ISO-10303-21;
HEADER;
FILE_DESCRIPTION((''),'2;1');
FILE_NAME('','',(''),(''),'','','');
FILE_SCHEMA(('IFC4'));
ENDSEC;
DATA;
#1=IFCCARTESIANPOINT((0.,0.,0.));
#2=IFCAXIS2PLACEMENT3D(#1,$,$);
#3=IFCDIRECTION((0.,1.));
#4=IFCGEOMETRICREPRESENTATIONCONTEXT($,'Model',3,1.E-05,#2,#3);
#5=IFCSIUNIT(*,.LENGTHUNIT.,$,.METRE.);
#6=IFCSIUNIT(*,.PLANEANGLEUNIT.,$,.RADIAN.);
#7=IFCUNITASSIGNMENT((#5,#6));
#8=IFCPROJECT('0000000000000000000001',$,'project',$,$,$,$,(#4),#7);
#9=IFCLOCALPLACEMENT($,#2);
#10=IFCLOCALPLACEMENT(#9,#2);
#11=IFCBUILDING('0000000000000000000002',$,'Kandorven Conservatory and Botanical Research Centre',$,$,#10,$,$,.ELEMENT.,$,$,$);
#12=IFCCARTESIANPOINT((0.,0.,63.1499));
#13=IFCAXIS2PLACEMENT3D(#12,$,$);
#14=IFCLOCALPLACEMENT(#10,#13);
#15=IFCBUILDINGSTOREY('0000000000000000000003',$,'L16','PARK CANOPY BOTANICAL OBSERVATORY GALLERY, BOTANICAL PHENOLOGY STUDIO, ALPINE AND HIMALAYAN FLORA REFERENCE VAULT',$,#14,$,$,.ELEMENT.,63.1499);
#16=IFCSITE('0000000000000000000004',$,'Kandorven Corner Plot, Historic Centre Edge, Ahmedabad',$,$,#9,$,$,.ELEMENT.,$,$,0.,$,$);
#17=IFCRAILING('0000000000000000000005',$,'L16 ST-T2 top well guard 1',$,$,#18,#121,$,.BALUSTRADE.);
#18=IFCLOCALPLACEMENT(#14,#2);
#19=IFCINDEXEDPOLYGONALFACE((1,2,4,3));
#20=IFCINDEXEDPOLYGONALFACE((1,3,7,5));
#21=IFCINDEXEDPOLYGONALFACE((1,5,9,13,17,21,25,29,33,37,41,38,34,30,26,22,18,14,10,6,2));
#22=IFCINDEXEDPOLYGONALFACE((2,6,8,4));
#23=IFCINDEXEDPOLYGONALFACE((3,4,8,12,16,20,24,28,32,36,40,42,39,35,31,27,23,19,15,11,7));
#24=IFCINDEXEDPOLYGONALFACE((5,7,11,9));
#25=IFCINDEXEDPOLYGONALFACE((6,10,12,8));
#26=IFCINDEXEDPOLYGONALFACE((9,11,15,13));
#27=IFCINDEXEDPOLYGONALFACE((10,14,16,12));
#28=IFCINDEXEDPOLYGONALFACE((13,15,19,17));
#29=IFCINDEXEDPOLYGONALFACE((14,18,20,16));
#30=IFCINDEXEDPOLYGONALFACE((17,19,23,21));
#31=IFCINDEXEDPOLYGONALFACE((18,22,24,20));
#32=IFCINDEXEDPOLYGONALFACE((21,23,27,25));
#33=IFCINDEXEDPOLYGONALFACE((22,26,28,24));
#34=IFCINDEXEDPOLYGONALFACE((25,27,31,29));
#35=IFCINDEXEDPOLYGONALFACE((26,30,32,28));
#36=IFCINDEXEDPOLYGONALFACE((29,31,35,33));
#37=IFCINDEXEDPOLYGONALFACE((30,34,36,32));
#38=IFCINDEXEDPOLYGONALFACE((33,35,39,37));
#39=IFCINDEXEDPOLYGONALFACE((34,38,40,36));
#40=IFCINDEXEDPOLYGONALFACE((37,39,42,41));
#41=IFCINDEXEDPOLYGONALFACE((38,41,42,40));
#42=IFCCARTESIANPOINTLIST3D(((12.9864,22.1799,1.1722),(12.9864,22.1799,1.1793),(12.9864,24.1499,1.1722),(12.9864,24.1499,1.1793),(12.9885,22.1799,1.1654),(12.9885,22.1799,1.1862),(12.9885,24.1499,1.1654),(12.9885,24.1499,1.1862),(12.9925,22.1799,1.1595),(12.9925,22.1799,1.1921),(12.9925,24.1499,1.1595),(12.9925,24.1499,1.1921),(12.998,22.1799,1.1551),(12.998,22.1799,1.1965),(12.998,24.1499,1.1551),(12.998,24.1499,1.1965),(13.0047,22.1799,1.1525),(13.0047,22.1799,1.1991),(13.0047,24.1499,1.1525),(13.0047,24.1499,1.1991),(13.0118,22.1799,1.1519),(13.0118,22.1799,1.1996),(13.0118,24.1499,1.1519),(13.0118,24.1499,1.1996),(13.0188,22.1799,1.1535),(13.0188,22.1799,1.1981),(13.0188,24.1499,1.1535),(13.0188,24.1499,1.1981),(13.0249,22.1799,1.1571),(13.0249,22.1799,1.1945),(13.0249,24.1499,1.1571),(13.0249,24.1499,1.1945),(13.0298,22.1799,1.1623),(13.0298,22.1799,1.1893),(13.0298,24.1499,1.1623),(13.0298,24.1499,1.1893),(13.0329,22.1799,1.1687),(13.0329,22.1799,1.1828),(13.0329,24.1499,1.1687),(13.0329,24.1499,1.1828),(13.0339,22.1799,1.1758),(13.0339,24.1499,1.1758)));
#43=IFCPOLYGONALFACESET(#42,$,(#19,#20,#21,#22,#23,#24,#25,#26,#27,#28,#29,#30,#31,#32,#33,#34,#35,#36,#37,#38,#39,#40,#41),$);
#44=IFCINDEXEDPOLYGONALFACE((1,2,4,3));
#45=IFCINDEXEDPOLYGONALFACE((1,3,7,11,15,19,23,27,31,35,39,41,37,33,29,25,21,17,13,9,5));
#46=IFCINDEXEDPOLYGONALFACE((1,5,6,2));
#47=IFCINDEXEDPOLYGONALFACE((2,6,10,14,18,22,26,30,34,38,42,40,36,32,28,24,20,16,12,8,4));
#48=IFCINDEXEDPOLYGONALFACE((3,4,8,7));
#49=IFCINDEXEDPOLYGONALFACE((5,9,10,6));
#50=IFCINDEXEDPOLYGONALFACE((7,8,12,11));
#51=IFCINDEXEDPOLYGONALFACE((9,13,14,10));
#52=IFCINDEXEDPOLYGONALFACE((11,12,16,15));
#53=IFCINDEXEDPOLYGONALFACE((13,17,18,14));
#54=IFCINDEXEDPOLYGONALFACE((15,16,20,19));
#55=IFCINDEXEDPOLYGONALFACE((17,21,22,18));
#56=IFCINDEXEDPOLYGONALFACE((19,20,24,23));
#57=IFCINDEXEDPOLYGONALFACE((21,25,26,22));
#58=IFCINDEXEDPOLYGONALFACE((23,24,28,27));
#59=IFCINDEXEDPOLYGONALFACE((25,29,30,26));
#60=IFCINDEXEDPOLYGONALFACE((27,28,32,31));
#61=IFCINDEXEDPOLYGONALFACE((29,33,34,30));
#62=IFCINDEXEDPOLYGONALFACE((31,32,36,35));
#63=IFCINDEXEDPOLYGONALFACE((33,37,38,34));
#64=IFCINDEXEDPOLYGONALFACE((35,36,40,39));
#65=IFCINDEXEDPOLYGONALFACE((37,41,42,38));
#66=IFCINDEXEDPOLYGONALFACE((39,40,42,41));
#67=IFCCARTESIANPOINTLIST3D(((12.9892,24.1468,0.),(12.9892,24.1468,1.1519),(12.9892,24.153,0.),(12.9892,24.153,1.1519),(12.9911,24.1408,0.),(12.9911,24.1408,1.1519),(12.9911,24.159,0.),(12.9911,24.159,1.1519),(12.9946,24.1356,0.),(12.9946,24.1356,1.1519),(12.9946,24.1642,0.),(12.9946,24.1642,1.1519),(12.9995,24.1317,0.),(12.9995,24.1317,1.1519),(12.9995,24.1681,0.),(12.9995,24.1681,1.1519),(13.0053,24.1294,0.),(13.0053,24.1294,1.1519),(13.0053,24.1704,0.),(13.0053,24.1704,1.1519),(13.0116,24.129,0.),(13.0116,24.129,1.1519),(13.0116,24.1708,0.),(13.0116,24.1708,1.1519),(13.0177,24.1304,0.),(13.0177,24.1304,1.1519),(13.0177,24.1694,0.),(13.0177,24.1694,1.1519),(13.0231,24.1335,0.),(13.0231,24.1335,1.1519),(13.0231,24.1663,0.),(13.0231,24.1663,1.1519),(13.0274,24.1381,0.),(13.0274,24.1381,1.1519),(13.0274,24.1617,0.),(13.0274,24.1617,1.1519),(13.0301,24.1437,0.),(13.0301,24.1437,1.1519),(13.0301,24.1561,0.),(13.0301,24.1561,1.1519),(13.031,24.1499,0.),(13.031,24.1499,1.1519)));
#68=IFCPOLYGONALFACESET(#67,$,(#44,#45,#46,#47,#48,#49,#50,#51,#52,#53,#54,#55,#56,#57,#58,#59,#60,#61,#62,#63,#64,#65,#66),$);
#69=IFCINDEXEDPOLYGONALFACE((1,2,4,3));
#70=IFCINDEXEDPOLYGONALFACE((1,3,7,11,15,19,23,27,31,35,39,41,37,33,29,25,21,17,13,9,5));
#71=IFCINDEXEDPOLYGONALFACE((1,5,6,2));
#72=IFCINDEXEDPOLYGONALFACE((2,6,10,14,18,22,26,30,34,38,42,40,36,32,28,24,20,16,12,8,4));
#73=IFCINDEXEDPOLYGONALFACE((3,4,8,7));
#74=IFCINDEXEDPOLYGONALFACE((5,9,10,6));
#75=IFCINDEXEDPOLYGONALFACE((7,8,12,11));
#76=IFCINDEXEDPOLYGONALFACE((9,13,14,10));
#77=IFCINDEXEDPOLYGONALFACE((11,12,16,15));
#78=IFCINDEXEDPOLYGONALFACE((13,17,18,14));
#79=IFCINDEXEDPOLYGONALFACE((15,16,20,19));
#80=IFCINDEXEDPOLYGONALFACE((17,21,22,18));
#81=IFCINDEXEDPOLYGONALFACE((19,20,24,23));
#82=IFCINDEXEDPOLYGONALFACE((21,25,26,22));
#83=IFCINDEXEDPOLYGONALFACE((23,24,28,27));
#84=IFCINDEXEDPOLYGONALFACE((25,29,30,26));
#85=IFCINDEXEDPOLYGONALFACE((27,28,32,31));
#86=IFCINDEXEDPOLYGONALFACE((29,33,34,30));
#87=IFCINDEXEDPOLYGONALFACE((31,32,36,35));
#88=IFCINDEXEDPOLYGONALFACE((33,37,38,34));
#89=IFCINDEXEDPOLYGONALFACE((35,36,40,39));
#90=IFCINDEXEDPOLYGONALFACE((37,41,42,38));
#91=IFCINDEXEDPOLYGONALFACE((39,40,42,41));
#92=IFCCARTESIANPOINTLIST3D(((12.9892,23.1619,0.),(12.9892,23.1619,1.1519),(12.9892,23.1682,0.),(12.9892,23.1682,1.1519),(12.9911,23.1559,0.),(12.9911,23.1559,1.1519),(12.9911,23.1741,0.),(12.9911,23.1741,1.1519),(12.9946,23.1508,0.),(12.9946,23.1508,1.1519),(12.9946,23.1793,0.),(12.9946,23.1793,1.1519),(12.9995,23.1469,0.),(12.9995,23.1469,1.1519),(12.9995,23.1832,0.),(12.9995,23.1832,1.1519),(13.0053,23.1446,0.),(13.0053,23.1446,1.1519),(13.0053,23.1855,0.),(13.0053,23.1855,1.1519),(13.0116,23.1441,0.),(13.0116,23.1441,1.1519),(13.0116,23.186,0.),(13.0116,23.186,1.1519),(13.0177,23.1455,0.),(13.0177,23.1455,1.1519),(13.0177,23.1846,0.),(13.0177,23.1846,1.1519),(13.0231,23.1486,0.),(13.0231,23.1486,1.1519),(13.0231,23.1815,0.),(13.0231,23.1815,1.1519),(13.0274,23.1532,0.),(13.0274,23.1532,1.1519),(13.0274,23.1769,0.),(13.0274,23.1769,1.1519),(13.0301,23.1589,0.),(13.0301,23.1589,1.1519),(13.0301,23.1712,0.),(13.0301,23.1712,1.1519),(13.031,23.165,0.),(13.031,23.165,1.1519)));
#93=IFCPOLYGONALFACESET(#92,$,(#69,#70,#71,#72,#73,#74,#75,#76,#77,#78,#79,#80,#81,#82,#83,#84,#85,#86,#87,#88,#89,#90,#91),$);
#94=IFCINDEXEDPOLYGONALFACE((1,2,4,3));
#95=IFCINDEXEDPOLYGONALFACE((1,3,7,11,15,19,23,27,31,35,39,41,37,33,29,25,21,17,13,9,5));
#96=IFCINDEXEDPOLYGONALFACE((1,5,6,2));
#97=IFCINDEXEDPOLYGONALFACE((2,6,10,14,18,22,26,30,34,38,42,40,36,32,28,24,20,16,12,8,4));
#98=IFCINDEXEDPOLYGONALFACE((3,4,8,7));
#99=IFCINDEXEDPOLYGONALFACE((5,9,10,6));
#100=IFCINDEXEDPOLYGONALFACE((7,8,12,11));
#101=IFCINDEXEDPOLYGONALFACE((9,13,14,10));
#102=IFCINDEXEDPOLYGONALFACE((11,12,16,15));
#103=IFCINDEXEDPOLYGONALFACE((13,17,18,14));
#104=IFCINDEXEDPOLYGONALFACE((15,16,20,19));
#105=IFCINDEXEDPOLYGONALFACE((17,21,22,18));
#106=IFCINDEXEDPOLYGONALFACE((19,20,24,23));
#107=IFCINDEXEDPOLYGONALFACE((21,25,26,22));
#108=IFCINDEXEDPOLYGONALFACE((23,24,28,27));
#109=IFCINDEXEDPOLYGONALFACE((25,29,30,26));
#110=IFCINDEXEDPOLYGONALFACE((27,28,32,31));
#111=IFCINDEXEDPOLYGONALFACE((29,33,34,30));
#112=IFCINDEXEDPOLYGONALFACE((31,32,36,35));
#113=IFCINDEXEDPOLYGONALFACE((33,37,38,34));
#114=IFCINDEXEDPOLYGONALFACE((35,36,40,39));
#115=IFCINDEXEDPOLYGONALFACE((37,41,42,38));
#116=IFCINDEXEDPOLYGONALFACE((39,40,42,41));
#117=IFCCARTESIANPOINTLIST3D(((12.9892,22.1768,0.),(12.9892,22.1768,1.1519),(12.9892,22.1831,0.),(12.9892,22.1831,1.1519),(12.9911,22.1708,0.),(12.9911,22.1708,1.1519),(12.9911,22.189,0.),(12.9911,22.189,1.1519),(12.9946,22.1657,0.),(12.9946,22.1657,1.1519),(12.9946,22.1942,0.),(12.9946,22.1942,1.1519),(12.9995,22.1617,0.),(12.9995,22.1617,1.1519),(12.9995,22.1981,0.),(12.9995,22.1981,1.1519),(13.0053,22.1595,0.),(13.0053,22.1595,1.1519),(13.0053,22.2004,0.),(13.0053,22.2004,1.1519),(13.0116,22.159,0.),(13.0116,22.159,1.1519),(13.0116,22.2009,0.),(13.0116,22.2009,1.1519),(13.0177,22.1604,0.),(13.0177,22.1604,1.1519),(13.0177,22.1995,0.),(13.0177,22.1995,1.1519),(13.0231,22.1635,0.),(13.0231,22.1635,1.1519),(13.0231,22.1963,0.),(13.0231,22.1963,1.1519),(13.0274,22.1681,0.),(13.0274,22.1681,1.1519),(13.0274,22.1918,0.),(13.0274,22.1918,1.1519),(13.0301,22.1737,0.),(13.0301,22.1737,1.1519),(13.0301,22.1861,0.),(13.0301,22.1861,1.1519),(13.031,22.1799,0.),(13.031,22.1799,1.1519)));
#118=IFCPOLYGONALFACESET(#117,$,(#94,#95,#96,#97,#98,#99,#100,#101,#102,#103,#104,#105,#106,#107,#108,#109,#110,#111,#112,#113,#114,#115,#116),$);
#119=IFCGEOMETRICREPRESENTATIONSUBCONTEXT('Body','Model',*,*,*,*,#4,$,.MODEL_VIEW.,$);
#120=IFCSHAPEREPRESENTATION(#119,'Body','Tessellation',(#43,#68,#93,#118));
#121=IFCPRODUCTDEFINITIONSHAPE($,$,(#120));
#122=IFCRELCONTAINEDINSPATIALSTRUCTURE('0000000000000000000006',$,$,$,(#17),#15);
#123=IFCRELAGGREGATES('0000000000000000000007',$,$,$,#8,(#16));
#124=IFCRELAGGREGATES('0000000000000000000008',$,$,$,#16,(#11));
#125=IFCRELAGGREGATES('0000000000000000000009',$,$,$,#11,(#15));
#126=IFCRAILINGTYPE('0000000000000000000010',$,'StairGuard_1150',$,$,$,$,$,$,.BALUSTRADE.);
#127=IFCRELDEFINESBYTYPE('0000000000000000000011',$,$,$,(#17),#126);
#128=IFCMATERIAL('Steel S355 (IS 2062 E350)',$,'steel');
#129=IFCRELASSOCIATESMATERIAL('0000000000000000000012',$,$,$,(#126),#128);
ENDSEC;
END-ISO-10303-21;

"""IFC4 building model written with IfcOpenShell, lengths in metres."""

from ifc_helpers import new_model, si_unit, direction, frame, origin, origin_2d, place, context, subcontext, project, spatial, circle, extrude, material, type_object, element, save


model = new_model("IFC4")

# Units and contexts
model_context = context("Model", 3, precision=1e-05, world=origin(), true_north=direction((0.0, 1.0)))
body_context = subcontext(model_context, "Body", "Model", "MODEL_VIEW")
ifc_project = project(units=[si_unit("LENGTHUNIT", "METRE"), si_unit("PLANEANGLEUNIT", "RADIAN")], contexts=[model_context])

# Site, building, storey
site_placement = place(None, origin())
site = spatial("IfcSite", under=ifc_project, at=site_placement, Name="Kandorven Corner Plot, Historic Centre Edge, Ahmedabad", CompositionType="ELEMENT", RefElevation=0.0)
building_placement = place(site_placement, origin())
building = spatial("IfcBuilding", under=site, at=building_placement, Name="Kandorven Conservatory and Botanical Research Centre", CompositionType="ELEMENT")
storey_placement = place(building_placement, frame((0.0, 0.0, 63.1499)))
storey = spatial("IfcBuildingStorey", under=building, at=storey_placement, Name="L16", Description="PARK CANOPY BOTANICAL OBSERVATORY GALLERY, BOTANICAL PHENOLOGY STUDIO, ALPINE AND HIMALAYAN FLORA REFERENCE VAULT", CompositionType="ELEMENT", Elevation=63.1499)

# Railing
ifc_material_1 = material(Name="Steel S355 (IS 2062 E350)", Category="steel")
railing_type_1 = type_object("IfcRailingType", Name="StairGuard_1150", PredefinedType="BALUSTRADE", material=ifc_material_1)
railing_1_placement = place(storey_placement, frame((13.01, 24.1499, 0.0)))
element("IfcRailing", 1, at=railing_1_placement, inside=storey, type_object=railing_type_1, Name="L16 ST-T2 top well guard 1", PredefinedType="BALUSTRADE", context=body_context, shape_type="SweptSolid", body=[
    extrude(circle(Radius=0.0239, at=origin_2d()), frame((0.0, 0.0, 1.1758), z_axis=(0.0, -1.0, 0.0), x_axis=(1.0, 0.0, 0.0)), (0.0, 0.0, 1.0), 1.97),
    extrude(circle(Radius=0.021, at=origin_2d()), origin(), (0.0, 0.0, 1.0), 1.1519),
    extrude(circle(Radius=0.021, at=origin_2d()), frame((0.0, -0.9849, 0.0)), (0.0, 0.0, 1.0), 1.1519),
    extrude(circle(Radius=0.021, at=origin_2d()), frame((0.0, -1.97, 0.0)), (0.0, 0.0, 1.0), 1.1519),
])

save(model, "model.ifc")
